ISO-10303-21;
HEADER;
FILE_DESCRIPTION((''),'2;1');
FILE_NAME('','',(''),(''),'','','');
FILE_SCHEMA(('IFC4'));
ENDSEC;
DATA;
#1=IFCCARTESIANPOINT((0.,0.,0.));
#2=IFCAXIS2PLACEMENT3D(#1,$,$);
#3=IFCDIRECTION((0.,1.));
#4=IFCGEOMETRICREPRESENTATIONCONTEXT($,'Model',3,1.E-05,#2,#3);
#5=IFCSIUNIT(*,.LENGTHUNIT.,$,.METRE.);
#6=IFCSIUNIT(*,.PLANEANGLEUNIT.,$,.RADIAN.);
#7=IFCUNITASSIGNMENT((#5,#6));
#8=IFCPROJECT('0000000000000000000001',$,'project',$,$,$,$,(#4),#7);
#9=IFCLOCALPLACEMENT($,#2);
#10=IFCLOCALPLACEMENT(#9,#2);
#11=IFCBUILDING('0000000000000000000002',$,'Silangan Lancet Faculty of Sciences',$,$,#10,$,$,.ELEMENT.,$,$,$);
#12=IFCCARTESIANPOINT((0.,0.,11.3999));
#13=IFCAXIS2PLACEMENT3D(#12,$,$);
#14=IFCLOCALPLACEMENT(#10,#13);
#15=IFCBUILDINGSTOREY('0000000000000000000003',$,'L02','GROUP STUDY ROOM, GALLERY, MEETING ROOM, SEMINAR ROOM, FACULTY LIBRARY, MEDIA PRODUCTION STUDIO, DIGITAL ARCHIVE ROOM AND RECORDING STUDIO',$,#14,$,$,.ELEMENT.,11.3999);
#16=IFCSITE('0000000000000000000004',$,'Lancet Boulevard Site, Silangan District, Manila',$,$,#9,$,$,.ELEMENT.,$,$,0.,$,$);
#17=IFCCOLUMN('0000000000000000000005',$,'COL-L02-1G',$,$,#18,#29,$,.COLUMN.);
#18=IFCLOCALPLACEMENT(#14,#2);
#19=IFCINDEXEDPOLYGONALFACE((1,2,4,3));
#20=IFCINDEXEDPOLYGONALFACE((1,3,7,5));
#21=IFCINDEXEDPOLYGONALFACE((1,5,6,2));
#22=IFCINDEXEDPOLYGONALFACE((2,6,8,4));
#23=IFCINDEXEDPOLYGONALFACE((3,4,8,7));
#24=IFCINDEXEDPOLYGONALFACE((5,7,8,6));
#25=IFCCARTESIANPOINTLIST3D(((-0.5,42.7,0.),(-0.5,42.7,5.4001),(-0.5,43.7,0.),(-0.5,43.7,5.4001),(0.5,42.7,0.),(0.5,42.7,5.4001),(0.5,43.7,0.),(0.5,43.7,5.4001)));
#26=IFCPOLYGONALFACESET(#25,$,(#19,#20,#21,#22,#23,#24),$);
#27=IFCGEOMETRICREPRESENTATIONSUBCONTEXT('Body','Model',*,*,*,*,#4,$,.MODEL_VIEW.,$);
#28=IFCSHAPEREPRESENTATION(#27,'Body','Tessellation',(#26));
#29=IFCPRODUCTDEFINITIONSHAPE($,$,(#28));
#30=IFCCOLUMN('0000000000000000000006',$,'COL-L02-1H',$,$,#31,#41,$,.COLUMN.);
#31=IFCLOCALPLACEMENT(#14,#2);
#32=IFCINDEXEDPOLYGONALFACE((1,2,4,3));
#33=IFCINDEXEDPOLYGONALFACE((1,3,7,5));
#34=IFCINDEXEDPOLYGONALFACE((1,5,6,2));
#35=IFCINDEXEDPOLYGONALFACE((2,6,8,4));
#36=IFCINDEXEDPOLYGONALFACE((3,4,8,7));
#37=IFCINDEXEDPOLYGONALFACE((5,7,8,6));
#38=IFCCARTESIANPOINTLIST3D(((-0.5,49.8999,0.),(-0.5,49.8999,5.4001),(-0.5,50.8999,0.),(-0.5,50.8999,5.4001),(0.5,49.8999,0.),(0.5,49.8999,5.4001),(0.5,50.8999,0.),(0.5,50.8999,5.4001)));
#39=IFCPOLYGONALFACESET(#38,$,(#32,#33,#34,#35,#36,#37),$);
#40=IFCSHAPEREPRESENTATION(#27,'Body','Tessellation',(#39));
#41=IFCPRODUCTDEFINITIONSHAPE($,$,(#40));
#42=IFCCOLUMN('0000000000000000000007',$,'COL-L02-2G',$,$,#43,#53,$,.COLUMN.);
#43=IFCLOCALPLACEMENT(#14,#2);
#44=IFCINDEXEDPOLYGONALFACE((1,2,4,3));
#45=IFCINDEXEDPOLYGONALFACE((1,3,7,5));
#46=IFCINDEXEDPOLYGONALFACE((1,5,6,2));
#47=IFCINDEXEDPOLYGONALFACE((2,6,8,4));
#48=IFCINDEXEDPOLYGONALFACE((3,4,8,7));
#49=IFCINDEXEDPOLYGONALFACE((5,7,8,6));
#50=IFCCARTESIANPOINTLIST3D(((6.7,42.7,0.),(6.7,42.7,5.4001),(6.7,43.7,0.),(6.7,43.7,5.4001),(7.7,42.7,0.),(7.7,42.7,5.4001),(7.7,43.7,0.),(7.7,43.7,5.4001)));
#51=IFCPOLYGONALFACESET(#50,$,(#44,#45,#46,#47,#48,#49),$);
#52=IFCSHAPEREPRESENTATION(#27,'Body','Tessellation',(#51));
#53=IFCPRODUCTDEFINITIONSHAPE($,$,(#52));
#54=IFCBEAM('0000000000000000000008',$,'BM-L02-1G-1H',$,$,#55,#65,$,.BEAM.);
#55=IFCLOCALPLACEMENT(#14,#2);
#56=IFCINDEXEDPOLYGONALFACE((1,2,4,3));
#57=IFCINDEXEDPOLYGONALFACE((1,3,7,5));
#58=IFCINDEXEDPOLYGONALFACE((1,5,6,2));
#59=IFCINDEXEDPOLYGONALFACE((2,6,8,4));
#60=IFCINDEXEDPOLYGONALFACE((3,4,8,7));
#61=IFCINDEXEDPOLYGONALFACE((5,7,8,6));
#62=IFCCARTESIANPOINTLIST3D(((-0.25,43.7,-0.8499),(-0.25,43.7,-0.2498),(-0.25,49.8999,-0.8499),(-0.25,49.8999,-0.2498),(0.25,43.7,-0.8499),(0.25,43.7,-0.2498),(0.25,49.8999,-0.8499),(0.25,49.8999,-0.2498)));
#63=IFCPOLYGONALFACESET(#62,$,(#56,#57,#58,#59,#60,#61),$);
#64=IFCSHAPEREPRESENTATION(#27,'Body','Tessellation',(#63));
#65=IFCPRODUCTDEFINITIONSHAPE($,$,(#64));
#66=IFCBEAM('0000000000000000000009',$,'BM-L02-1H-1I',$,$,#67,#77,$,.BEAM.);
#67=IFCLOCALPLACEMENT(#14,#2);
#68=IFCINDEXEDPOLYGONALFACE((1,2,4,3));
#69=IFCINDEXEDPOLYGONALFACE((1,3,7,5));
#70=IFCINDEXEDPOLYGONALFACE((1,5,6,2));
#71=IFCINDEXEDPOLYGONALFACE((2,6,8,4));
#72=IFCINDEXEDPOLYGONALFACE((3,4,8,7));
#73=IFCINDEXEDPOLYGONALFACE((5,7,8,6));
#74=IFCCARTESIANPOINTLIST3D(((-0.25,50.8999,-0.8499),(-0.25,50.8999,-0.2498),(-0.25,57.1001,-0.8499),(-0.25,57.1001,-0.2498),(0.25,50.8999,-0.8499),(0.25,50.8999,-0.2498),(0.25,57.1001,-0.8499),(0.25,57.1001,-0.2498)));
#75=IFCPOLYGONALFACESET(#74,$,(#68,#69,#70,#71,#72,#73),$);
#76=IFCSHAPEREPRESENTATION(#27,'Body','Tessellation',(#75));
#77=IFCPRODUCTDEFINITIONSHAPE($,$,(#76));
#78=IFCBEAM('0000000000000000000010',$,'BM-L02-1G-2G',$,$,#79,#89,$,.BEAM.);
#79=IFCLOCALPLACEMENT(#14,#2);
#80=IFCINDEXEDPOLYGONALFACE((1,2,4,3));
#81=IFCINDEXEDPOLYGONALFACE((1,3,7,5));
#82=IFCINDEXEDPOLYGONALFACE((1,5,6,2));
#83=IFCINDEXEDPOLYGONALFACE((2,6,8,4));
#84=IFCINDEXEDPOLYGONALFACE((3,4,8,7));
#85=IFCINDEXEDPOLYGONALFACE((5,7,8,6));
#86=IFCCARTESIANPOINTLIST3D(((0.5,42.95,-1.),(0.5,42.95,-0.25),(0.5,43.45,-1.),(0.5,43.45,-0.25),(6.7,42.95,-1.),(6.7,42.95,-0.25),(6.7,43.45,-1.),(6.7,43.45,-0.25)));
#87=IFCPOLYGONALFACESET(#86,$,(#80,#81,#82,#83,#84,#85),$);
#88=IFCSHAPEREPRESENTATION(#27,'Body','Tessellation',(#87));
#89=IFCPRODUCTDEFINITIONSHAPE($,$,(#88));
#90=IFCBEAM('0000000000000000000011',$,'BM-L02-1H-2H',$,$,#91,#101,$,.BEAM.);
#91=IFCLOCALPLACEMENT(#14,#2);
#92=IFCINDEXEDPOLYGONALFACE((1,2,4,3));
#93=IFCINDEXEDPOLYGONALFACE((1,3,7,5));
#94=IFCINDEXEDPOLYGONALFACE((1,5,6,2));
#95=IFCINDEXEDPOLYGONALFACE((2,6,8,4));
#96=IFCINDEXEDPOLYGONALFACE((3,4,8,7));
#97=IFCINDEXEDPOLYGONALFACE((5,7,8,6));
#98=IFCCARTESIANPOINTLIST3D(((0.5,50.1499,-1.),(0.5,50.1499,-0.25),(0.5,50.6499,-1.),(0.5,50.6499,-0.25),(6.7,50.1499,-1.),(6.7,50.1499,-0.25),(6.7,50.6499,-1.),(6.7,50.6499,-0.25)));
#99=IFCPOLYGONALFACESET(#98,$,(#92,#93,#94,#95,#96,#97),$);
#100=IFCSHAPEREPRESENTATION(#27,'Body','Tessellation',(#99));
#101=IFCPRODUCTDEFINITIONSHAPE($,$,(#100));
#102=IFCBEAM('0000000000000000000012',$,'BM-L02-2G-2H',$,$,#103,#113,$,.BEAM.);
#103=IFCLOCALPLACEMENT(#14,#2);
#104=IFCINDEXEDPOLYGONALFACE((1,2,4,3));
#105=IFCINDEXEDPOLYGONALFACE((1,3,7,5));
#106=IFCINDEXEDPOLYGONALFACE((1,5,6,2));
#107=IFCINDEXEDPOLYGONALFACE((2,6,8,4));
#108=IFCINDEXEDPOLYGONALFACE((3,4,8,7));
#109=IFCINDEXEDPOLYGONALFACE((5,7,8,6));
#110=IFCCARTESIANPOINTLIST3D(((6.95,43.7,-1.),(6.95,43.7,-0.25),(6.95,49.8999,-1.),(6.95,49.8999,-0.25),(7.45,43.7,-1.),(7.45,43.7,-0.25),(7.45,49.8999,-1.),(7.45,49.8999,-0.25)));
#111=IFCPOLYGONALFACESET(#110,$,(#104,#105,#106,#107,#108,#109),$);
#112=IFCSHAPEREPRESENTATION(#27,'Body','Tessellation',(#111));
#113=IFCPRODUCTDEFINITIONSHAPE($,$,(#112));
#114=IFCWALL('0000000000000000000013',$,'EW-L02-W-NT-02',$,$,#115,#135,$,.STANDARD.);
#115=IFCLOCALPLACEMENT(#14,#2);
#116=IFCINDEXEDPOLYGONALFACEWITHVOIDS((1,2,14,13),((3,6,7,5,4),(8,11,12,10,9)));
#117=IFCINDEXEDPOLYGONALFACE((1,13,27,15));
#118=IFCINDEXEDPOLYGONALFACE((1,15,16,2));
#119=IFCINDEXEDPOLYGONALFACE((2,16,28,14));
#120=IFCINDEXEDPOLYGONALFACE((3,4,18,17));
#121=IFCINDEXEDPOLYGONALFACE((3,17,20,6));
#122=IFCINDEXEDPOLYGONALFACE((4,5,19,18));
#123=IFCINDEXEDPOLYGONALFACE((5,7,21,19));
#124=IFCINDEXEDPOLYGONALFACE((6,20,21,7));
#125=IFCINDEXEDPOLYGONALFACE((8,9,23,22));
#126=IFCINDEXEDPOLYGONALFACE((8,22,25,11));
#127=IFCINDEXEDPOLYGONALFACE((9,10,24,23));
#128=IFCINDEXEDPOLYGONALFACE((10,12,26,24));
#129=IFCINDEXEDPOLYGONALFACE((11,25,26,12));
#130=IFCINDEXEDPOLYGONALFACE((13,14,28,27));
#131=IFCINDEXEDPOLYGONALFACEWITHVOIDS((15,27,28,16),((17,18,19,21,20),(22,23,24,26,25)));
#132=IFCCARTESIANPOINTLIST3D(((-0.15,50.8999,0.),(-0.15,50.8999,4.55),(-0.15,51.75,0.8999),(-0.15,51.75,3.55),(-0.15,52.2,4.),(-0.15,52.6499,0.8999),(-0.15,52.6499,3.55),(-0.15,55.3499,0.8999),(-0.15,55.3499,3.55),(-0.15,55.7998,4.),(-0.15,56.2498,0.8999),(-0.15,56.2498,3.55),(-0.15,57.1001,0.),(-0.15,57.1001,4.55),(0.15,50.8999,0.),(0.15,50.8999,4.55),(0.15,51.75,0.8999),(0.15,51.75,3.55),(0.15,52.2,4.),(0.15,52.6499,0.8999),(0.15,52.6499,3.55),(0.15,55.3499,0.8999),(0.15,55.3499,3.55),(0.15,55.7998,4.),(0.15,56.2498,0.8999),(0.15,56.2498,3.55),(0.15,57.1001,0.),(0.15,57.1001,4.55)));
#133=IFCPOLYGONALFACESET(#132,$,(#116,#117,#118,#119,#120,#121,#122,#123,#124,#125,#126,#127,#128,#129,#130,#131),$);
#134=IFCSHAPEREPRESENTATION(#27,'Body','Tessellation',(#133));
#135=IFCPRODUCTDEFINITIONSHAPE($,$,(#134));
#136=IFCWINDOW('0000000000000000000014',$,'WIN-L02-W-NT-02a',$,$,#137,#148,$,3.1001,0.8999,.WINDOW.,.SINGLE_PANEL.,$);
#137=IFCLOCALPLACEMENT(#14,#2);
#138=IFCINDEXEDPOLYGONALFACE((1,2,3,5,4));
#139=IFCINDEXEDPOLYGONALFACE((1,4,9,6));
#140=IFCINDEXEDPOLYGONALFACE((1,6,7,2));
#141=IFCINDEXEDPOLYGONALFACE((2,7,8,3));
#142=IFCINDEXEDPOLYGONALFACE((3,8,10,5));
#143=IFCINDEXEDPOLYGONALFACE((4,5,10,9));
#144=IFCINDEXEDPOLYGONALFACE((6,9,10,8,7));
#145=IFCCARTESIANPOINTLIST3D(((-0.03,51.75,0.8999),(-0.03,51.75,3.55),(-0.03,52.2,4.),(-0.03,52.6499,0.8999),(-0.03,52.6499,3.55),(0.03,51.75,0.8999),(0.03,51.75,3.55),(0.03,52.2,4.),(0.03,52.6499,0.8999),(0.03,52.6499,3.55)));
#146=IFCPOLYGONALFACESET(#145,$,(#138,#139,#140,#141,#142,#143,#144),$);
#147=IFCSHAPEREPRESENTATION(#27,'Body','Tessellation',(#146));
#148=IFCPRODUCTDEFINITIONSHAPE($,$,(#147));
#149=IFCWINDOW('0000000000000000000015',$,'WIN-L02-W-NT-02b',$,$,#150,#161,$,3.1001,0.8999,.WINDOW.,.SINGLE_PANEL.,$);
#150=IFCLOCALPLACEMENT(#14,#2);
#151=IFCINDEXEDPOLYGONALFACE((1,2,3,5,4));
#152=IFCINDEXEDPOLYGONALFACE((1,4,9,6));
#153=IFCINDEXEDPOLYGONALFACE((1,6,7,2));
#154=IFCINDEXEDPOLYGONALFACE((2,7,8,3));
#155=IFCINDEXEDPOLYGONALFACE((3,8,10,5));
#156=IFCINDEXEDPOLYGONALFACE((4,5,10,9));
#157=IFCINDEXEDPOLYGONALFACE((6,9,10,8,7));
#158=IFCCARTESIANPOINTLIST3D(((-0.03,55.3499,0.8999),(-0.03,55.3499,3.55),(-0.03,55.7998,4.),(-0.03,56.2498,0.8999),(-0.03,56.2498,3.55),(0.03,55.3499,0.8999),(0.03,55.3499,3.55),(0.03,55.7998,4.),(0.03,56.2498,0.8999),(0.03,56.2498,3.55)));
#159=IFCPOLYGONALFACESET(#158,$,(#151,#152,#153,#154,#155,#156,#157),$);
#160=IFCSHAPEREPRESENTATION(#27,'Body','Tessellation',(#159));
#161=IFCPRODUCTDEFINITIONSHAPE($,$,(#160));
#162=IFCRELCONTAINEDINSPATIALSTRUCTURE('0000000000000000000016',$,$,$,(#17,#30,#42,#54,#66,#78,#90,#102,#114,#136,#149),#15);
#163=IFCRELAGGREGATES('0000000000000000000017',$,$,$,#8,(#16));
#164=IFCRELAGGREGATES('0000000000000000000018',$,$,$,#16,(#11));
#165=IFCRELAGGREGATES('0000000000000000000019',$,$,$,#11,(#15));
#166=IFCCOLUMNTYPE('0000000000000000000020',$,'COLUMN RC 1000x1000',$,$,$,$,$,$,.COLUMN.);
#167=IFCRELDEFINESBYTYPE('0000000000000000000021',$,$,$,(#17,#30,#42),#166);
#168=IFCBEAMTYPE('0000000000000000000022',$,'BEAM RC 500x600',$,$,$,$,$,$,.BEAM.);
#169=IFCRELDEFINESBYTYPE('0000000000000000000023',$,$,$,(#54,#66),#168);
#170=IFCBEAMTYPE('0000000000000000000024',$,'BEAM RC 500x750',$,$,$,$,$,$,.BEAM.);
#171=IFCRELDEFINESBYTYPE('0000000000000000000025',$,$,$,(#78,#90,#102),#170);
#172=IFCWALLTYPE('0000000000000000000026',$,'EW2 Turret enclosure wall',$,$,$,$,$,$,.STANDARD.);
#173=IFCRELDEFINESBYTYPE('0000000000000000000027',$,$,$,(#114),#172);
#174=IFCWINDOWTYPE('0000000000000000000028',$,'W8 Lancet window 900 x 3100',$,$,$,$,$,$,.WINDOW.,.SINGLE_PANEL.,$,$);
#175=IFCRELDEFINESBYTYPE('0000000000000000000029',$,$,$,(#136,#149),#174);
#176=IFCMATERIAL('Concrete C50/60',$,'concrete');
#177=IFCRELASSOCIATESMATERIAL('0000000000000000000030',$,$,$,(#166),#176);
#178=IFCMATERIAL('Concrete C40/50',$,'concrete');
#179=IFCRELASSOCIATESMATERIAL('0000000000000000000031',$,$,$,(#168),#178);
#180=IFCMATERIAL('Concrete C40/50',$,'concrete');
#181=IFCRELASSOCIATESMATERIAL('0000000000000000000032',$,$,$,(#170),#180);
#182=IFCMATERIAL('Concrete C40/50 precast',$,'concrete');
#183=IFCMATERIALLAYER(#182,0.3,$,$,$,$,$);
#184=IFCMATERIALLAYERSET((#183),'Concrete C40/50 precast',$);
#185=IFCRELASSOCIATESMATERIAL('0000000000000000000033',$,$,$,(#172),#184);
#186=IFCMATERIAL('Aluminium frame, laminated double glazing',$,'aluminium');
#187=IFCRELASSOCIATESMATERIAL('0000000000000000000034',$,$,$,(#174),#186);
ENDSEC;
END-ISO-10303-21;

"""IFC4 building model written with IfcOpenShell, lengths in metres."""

from ifc_helpers import new_model, si_unit, direction, frame, frame_2d, origin, origin_2d, place, context, subcontext, project, spatial, polyline, rectangle, outline, extrude, material, layer, layer_set, material_profile, profile_set, type_object, element, fill, save


model = new_model("IFC4")

# Units and contexts
model_context = context("Model", 3, precision=1e-05, world=origin(), true_north=direction((0.0, 1.0)))
body_context = subcontext(model_context, "Body", "Model", "MODEL_VIEW")
ifc_project = project(units=[si_unit("LENGTHUNIT", "METRE"), si_unit("PLANEANGLEUNIT", "RADIAN")], contexts=[model_context])

# Site, building, storey
site_placement = place(None, origin())
site = spatial("IfcSite", under=ifc_project, at=site_placement, Name="Lancet Boulevard Site, Silangan District, Manila", CompositionType="ELEMENT", RefElevation=0.0)
building_placement = place(site_placement, origin())
building = spatial("IfcBuilding", under=site, at=building_placement, Name="Silangan Lancet Faculty of Sciences", CompositionType="ELEMENT")
storey_placement = place(building_placement, frame((0.0, 0.0, 11.3999)))
storey = spatial("IfcBuildingStorey", under=building, at=storey_placement, Name="L02", Description="GROUP STUDY ROOM, GALLERY, MEETING ROOM, SEMINAR ROOM, FACULTY LIBRARY, MEDIA PRODUCTION STUDIO, DIGITAL ARCHIVE ROOM AND RECORDING STUDIO", CompositionType="ELEMENT", Elevation=11.3999)

# Columns
ifc_material_1 = material(Name="Concrete C50/60", Category="concrete")
ifc_material_profile_1 = material_profile(ifc_material_1, rectangle(XDim=1.0, YDim=1.0, at=origin_2d()), Name="RC 1000x1000")
ifc_profile_set_1 = profile_set([ifc_material_profile_1], Name="Concrete C50/60")
column_type = type_object("IfcColumnType", Name="COLUMN RC 1000x1000", PredefinedType="COLUMN", material=ifc_profile_set_1)
for number, where, z_axis, x_axis, name in (
    (1, (0.0, 43.2, 0.0), (0.0, 0.0, 1.0), (1.0, 0.0, 0.0), "COL-L02-1G"),
    (2, (0.0, 50.3999, 0.0), (0.0, 0.0, 1.0), (1.0, 0.0, 0.0), "COL-L02-1H"),
    (3, (7.2, 43.2, 0.0), (0.0, 0.0, 1.0), (1.0, 0.0, 0.0), "COL-L02-2G"),
):
    element("IfcColumn", number, at=place(storey_placement, frame(where, z_axis=z_axis, x_axis=x_axis)), inside=storey, type_object=column_type, Name=name, PredefinedType="COLUMN", context=body_context, shape_type="SweptSolid", body=[
        extrude(rectangle(XDim=1.0, YDim=1.0, at=origin_2d()), origin(), (0.0, 0.0, 1.0), 5.4001),
    ])

# Beams
ifc_material_2 = material(Name="Concrete C40/50", Category="concrete")
ifc_material_profile_2 = material_profile(ifc_material_2, rectangle(XDim=0.5, YDim=0.6001, at=origin_2d()), Name="RC 500x600")
ifc_profile_set_2 = profile_set([ifc_material_profile_2], Name="Concrete C40/50")
beam_type_1 = type_object("IfcBeamType", Name="BEAM RC 500x600", PredefinedType="BEAM", material=ifc_profile_set_2)
beam_1_placement = place(storey_placement, frame((0.0, 43.7, -0.5498), z_axis=(0.0, 1.0, 0.0), x_axis=(-1.0, 0.0, 0.0)))
element("IfcBeam", 4, at=beam_1_placement, inside=storey, type_object=beam_type_1, Name="BM-L02-1G-1H", PredefinedType="BEAM", context=body_context, shape_type="SweptSolid", body=[
    extrude(rectangle(XDim=0.5, YDim=0.6001, at=origin_2d()), origin(), (0.0, 0.0, 1.0), 6.2),
])
beam_2_placement = place(storey_placement, frame((0.0, 50.8999, -0.5498), z_axis=(0.0, 1.0, 0.0), x_axis=(-1.0, 0.0, 0.0)))
element("IfcBeam", 5, at=beam_2_placement, inside=storey, type_object=beam_type_1, Name="BM-L02-1H-1I", PredefinedType="BEAM", context=body_context, shape_type="SweptSolid", body=[
    extrude(rectangle(XDim=0.5, YDim=0.6001, at=origin_2d()), origin(), (0.0, 0.0, 1.0), 6.2002),
])
ifc_material_3 = material(Name="Concrete C40/50", Category="concrete")
ifc_material_profile_3 = material_profile(ifc_material_3, rectangle(XDim=0.5, YDim=0.75, at=origin_2d()), Name="RC 500x750")
ifc_profile_set_3 = profile_set([ifc_material_profile_3], Name="Concrete C40/50")
beam_type_2 = type_object("IfcBeamType", Name="BEAM RC 500x750", PredefinedType="BEAM", material=ifc_profile_set_3)
for number, where, z_axis, x_axis, name in (
    (6, (0.5, 43.2, -0.625), (1.0, 0.0, 0.0), (0.0, 1.0, 0.0), "BM-L02-1G-2G"),
    (7, (0.5, 50.3999, -0.625), (1.0, 0.0, 0.0), (0.0, 1.0, 0.0), "BM-L02-1H-2H"),
    (8, (7.2, 43.7, -0.625), (0.0, 1.0, 0.0), (-1.0, 0.0, 0.0), "BM-L02-2G-2H"),
):
    element("IfcBeam", number, at=place(storey_placement, frame(where, z_axis=z_axis, x_axis=x_axis)), inside=storey, type_object=beam_type_2, Name=name, PredefinedType="BEAM", context=body_context, shape_type="SweptSolid", body=[
        extrude(rectangle(XDim=0.5, YDim=0.75, at=origin_2d()), origin(), (0.0, 0.0, 1.0), 6.2),
    ])

# Wall, openings, windows
ifc_material_4 = material(Name="Concrete C40/50 precast", Category="concrete")
ifc_layer_1 = layer(ifc_material_4, 0.3)
ifc_layer_set_1 = layer_set([ifc_layer_1], Name="Concrete C40/50 precast")
wall_type_1 = type_object("IfcWallType", Name="EW2 Turret enclosure wall", PredefinedType="STANDARD", material=ifc_layer_set_1)
wall_1_placement = place(storey_placement, frame((0.0, 50.8999, 0.0), z_axis=(0.0, 0.0, 1.0), x_axis=(0.0, 1.0, 0.0)))
wall_1 = element("IfcWall", 9, at=wall_1_placement, inside=storey, type_object=wall_type_1, Name="EW-L02-W-NT-02", PredefinedType="STANDARD", context=body_context, shape_type="SweptSolid", body=[
    extrude(rectangle(XDim=6.2002, YDim=0.3, at=frame_2d((3.1001, 0.0))), origin(), (0.0, 0.0, 1.0), 4.55),
])
opening_1_placement = place(wall_1_placement, frame((0.8501, 0.0, 0.8999)))
opening_1 = element("IfcOpeningElement", 10, at=opening_1_placement, cuts=wall_1, PredefinedType="OPENING", context=body_context, shape_type="SweptSolid", body=[
    extrude(outline(polyline([(0.0, 0.0), (0.8999, 0.0), (0.8999, 2.6501), (0.45, 3.1001), (0.0, 2.6501), (0.0, 0.0)])), frame((0.0, 0.1599, 0.0), z_axis=(0.0, -1.0, 0.0), x_axis=(1.0, 0.0, 0.0)), (0.0, 0.0, 1.0), 0.3201),
])
opening_2_placement = place(wall_1_placement, frame((4.45, 0.0, 0.8999)))
opening_2 = element("IfcOpeningElement", 11, at=opening_2_placement, cuts=wall_1, PredefinedType="OPENING", context=body_context, shape_type="SweptSolid", body=[
    extrude(outline(polyline([(0.0, 0.0), (0.8999, 0.0), (0.8999, 2.6501), (0.45, 3.1001), (0.0, 2.6501), (0.0, 0.0)])), frame((0.0, 0.1599, 0.0), z_axis=(0.0, -1.0, 0.0), x_axis=(1.0, 0.0, 0.0)), (0.0, 0.0, 1.0), 0.3201),
])
ifc_material_5 = material(Name="Aluminium frame, laminated double glazing", Category="aluminium")
window_type_1 = type_object("IfcWindowType", Name="W8 Lancet window 900 x 3100", PartitioningType="SINGLE_PANEL", PredefinedType="WINDOW", material=ifc_material_5)
window_1_placement = place(opening_1_placement, origin())
window_1 = element("IfcWindow", 12, at=window_1_placement, inside=storey, type_object=window_type_1, Name="WIN-L02-W-NT-02a", OverallHeight=3.1001, OverallWidth=0.8999, PartitioningType="SINGLE_PANEL", PredefinedType="WINDOW", context=body_context, shape_type="SweptSolid", body=[
    extrude(outline(polyline([(0.0, 0.0), (0.8999, 0.0), (0.8999, 2.6501), (0.45, 3.1001), (0.0, 2.6501), (0.0, 0.0)])), frame((0.0, 0.03, 0.0), z_axis=(0.0, -1.0, 0.0), x_axis=(1.0, 0.0, 0.0)), (0.0, 0.0, 1.0), 0.0601),
])
fill(opening_1, window_1)
window_2_placement = place(opening_2_placement, origin())
window_2 = element("IfcWindow", 13, at=window_2_placement, inside=storey, type_object=window_type_1, Name="WIN-L02-W-NT-02b", OverallHeight=3.1001, OverallWidth=0.8999, PartitioningType="SINGLE_PANEL", PredefinedType="WINDOW", context=body_context, shape_type="SweptSolid", body=[
    extrude(outline(polyline([(0.0, 0.0), (0.8999, 0.0), (0.8999, 2.6501), (0.45, 3.1001), (0.0, 2.6501), (0.0, 0.0)])), frame((0.0, 0.03, 0.0), z_axis=(0.0, -1.0, 0.0), x_axis=(1.0, 0.0, 0.0)), (0.0, 0.0, 1.0), 0.0601),
])
fill(opening_2, window_2)

save(model, "model.ifc")
